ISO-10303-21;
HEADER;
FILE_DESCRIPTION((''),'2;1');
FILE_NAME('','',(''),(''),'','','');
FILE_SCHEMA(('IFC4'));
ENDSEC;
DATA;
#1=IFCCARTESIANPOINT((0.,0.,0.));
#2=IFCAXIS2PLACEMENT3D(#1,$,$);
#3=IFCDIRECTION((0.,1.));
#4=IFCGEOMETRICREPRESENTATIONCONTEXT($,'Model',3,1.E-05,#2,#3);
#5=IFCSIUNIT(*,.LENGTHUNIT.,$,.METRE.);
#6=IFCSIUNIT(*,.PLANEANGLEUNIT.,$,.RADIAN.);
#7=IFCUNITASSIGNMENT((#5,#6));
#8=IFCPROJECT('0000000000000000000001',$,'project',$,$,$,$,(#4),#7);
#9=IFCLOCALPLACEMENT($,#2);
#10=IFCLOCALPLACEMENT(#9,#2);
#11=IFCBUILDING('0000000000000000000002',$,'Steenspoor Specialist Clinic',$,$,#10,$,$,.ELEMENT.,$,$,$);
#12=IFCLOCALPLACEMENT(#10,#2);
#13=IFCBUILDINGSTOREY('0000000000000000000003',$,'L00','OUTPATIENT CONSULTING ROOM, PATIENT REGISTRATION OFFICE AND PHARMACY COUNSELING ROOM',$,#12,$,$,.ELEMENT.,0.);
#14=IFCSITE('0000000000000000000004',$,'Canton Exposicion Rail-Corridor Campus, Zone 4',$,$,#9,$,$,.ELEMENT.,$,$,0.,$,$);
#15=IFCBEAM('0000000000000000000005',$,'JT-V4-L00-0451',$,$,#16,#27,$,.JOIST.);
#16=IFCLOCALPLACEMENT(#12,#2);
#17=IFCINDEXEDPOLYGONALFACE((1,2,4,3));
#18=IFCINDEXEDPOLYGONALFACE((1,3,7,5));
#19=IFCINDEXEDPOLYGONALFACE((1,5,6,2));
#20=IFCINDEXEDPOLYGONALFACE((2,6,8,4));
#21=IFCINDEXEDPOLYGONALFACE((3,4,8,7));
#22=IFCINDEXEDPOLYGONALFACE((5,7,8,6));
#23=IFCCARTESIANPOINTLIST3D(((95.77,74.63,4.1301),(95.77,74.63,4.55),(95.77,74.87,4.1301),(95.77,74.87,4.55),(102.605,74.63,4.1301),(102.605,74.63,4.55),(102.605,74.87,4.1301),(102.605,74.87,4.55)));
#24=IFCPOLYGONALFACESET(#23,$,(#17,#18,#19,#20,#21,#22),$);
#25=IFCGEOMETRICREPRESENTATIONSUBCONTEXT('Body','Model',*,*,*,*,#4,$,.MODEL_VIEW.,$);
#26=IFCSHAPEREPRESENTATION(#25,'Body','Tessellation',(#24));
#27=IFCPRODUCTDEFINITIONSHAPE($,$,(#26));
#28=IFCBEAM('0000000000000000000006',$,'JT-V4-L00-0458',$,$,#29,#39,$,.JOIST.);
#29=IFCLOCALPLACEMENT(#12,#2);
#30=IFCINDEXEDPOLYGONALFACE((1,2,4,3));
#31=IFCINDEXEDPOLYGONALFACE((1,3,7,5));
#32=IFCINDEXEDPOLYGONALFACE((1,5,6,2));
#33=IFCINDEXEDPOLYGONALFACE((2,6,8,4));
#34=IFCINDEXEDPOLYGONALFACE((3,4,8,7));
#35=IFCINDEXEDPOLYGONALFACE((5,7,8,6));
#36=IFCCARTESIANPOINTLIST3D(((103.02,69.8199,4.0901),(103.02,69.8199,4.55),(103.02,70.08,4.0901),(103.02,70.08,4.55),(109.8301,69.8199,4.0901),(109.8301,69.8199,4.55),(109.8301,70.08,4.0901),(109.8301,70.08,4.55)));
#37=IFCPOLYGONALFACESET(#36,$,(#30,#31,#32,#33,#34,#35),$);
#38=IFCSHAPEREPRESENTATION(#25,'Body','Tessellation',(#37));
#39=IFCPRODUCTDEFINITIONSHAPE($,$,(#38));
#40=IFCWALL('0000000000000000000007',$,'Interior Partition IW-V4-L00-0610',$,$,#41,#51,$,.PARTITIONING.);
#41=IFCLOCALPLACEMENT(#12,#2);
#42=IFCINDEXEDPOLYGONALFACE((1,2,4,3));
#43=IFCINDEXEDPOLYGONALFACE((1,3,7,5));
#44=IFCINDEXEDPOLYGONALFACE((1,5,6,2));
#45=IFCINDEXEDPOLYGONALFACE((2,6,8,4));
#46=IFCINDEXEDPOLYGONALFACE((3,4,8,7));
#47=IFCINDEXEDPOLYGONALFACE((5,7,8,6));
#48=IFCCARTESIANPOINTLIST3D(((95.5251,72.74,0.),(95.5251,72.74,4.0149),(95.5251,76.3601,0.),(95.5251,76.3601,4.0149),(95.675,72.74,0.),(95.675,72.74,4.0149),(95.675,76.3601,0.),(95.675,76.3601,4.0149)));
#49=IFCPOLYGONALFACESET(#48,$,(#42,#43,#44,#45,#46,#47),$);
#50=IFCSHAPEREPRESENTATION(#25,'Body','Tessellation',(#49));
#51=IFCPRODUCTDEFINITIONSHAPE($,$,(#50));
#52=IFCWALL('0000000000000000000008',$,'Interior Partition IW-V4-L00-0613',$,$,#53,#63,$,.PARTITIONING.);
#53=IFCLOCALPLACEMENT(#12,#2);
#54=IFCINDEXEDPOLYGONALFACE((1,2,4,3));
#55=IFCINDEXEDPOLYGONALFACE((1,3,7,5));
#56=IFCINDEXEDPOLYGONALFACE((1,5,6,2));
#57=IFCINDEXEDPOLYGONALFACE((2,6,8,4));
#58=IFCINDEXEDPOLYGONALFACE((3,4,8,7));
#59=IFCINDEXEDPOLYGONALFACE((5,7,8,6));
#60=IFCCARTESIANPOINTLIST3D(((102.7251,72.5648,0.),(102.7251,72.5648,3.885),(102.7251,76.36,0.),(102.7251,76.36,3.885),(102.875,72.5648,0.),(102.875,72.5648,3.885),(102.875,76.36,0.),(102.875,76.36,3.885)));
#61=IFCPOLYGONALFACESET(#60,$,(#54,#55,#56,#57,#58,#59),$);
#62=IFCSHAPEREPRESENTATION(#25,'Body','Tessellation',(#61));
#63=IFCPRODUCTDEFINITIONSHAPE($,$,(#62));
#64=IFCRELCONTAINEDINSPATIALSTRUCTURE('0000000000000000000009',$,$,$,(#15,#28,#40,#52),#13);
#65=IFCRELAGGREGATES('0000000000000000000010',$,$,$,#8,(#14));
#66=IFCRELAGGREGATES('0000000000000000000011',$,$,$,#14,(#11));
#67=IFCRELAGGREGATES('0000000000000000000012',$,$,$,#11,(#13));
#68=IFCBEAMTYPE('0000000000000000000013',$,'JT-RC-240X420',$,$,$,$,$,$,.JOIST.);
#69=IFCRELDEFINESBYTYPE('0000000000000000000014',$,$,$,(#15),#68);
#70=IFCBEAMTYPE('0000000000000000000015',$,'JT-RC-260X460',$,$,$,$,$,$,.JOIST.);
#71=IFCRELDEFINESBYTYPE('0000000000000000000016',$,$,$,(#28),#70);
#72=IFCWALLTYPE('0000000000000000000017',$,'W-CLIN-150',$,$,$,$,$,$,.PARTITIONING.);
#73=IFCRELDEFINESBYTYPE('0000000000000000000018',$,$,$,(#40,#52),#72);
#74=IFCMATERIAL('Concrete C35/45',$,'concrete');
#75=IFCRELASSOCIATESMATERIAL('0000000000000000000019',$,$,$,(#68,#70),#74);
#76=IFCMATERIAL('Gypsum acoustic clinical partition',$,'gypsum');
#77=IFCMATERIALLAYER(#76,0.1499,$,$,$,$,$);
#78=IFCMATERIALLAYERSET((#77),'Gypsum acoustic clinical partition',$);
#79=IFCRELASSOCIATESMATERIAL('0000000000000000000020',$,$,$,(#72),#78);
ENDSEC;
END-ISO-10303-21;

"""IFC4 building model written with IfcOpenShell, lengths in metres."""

from ifc_helpers import new_model, si_unit, direction, frame, frame_2d, origin, origin_2d, place, context, subcontext, project, spatial, rectangle, extrude, material, layer, layer_set, material_profile, profile_set, type_object, element, save


model = new_model("IFC4")

# Units and contexts
model_context = context("Model", 3, precision=1e-05, world=origin(), true_north=direction((0.0, 1.0)))
body_context = subcontext(model_context, "Body", "Model", "MODEL_VIEW")
ifc_project = project(units=[si_unit("LENGTHUNIT", "METRE"), si_unit("PLANEANGLEUNIT", "RADIAN")], contexts=[model_context])

# Site, building, storey
site_placement = place(None, origin())
site = spatial("IfcSite", under=ifc_project, at=site_placement, Name="Canton Exposicion Rail-Corridor Campus, Zone 4", CompositionType="ELEMENT", RefElevation=0.0)
building_placement = place(site_placement, origin())
building = spatial("IfcBuilding", under=site, at=building_placement, Name="Steenspoor Specialist Clinic", CompositionType="ELEMENT")
storey_placement = place(building_placement, origin())
storey = spatial("IfcBuildingStorey", under=building, at=storey_placement, Name="L00", Description="OUTPATIENT CONSULTING ROOM, PATIENT REGISTRATION OFFICE AND PHARMACY COUNSELING ROOM", CompositionType="ELEMENT", Elevation=0.0)

# Shared definitions
ifc_material_1 = material(Name="Concrete C35/45", Category="concrete")

# Beams
ifc_material_profile_1 = material_profile(ifc_material_1, rectangle(XDim=0.24, YDim=0.4199, at=origin_2d()), Name="RC-JT-240X420")
ifc_profile_set_1 = profile_set([ifc_material_profile_1], Name="Concrete C35/45")
beam_type_1 = type_object("IfcBeamType", Name="JT-RC-240X420", PredefinedType="JOIST", material=ifc_profile_set_1)
beam_1_placement = place(storey_placement, frame((95.77, 74.75, 4.3401), z_axis=(1.0, 0.0, 0.0), x_axis=(0.0, 1.0, 0.0)))
element("IfcBeam", 1, at=beam_1_placement, inside=storey, type_object=beam_type_1, Name="JT-V4-L00-0451", PredefinedType="JOIST", context=body_context, shape_type="SweptSolid", body=[
    extrude(rectangle(XDim=0.24, YDim=0.4199, at=origin_2d()), origin(), (0.0, 0.0, 1.0), 6.835),
])
ifc_material_profile_2 = material_profile(ifc_material_1, rectangle(XDim=0.26, YDim=0.46, at=origin_2d()), Name="RC-JT-260X460")
ifc_profile_set_2 = profile_set([ifc_material_profile_2], Name="Concrete C35/45")
beam_type_2 = type_object("IfcBeamType", Name="JT-RC-260X460", PredefinedType="JOIST", material=ifc_profile_set_2)
beam_2_placement = place(storey_placement, frame((103.02, 69.95, 4.3201), z_axis=(1.0, 0.0, 0.0), x_axis=(0.0, 1.0, 0.0)))
element("IfcBeam", 2, at=beam_2_placement, inside=storey, type_object=beam_type_2, Name="JT-V4-L00-0458", PredefinedType="JOIST", context=body_context, shape_type="SweptSolid", body=[
    extrude(rectangle(XDim=0.26, YDim=0.46, at=origin_2d()), origin(), (0.0, 0.0, 1.0), 6.8101),
])

# Walls
ifc_material_2 = material(Name="Gypsum acoustic clinical partition", Category="gypsum")
ifc_layer = layer(ifc_material_2, 0.1499)
ifc_layer_set = layer_set([ifc_layer], Name="Gypsum acoustic clinical partition")
wall_type = type_object("IfcWallType", Name="W-CLIN-150", PredefinedType="PARTITIONING", material=ifc_layer_set)
wall_1_placement = place(storey_placement, frame((95.6001, 72.74, 0.0), z_axis=(0.0, 0.0, 1.0), x_axis=(0.0, 1.0, 0.0)))
element("IfcWall", 3, at=wall_1_placement, inside=storey, type_object=wall_type, Name="Interior Partition IW-V4-L00-0610", PredefinedType="PARTITIONING", context=body_context, shape_type="SweptSolid", body=[
    extrude(rectangle(XDim=3.6201, YDim=0.1499, at=frame_2d((1.8101, 0.0))), origin(), (0.0, 0.0, 1.0), 4.0149),
])
wall_2_placement = place(storey_placement, frame((102.8, 72.5649, 0.0), z_axis=(0.0, 0.0, 1.0), x_axis=(0.0, 1.0, 0.0)))
element("IfcWall", 4, at=wall_2_placement, inside=storey, type_object=wall_type, Name="Interior Partition IW-V4-L00-0613", PredefinedType="PARTITIONING", context=body_context, shape_type="SweptSolid", body=[
    extrude(rectangle(XDim=3.7952, YDim=0.1499, at=frame_2d((1.8975, 0.0))), origin(), (0.0, 0.0, 1.0), 3.885),
])

save(model, "model.ifc")
